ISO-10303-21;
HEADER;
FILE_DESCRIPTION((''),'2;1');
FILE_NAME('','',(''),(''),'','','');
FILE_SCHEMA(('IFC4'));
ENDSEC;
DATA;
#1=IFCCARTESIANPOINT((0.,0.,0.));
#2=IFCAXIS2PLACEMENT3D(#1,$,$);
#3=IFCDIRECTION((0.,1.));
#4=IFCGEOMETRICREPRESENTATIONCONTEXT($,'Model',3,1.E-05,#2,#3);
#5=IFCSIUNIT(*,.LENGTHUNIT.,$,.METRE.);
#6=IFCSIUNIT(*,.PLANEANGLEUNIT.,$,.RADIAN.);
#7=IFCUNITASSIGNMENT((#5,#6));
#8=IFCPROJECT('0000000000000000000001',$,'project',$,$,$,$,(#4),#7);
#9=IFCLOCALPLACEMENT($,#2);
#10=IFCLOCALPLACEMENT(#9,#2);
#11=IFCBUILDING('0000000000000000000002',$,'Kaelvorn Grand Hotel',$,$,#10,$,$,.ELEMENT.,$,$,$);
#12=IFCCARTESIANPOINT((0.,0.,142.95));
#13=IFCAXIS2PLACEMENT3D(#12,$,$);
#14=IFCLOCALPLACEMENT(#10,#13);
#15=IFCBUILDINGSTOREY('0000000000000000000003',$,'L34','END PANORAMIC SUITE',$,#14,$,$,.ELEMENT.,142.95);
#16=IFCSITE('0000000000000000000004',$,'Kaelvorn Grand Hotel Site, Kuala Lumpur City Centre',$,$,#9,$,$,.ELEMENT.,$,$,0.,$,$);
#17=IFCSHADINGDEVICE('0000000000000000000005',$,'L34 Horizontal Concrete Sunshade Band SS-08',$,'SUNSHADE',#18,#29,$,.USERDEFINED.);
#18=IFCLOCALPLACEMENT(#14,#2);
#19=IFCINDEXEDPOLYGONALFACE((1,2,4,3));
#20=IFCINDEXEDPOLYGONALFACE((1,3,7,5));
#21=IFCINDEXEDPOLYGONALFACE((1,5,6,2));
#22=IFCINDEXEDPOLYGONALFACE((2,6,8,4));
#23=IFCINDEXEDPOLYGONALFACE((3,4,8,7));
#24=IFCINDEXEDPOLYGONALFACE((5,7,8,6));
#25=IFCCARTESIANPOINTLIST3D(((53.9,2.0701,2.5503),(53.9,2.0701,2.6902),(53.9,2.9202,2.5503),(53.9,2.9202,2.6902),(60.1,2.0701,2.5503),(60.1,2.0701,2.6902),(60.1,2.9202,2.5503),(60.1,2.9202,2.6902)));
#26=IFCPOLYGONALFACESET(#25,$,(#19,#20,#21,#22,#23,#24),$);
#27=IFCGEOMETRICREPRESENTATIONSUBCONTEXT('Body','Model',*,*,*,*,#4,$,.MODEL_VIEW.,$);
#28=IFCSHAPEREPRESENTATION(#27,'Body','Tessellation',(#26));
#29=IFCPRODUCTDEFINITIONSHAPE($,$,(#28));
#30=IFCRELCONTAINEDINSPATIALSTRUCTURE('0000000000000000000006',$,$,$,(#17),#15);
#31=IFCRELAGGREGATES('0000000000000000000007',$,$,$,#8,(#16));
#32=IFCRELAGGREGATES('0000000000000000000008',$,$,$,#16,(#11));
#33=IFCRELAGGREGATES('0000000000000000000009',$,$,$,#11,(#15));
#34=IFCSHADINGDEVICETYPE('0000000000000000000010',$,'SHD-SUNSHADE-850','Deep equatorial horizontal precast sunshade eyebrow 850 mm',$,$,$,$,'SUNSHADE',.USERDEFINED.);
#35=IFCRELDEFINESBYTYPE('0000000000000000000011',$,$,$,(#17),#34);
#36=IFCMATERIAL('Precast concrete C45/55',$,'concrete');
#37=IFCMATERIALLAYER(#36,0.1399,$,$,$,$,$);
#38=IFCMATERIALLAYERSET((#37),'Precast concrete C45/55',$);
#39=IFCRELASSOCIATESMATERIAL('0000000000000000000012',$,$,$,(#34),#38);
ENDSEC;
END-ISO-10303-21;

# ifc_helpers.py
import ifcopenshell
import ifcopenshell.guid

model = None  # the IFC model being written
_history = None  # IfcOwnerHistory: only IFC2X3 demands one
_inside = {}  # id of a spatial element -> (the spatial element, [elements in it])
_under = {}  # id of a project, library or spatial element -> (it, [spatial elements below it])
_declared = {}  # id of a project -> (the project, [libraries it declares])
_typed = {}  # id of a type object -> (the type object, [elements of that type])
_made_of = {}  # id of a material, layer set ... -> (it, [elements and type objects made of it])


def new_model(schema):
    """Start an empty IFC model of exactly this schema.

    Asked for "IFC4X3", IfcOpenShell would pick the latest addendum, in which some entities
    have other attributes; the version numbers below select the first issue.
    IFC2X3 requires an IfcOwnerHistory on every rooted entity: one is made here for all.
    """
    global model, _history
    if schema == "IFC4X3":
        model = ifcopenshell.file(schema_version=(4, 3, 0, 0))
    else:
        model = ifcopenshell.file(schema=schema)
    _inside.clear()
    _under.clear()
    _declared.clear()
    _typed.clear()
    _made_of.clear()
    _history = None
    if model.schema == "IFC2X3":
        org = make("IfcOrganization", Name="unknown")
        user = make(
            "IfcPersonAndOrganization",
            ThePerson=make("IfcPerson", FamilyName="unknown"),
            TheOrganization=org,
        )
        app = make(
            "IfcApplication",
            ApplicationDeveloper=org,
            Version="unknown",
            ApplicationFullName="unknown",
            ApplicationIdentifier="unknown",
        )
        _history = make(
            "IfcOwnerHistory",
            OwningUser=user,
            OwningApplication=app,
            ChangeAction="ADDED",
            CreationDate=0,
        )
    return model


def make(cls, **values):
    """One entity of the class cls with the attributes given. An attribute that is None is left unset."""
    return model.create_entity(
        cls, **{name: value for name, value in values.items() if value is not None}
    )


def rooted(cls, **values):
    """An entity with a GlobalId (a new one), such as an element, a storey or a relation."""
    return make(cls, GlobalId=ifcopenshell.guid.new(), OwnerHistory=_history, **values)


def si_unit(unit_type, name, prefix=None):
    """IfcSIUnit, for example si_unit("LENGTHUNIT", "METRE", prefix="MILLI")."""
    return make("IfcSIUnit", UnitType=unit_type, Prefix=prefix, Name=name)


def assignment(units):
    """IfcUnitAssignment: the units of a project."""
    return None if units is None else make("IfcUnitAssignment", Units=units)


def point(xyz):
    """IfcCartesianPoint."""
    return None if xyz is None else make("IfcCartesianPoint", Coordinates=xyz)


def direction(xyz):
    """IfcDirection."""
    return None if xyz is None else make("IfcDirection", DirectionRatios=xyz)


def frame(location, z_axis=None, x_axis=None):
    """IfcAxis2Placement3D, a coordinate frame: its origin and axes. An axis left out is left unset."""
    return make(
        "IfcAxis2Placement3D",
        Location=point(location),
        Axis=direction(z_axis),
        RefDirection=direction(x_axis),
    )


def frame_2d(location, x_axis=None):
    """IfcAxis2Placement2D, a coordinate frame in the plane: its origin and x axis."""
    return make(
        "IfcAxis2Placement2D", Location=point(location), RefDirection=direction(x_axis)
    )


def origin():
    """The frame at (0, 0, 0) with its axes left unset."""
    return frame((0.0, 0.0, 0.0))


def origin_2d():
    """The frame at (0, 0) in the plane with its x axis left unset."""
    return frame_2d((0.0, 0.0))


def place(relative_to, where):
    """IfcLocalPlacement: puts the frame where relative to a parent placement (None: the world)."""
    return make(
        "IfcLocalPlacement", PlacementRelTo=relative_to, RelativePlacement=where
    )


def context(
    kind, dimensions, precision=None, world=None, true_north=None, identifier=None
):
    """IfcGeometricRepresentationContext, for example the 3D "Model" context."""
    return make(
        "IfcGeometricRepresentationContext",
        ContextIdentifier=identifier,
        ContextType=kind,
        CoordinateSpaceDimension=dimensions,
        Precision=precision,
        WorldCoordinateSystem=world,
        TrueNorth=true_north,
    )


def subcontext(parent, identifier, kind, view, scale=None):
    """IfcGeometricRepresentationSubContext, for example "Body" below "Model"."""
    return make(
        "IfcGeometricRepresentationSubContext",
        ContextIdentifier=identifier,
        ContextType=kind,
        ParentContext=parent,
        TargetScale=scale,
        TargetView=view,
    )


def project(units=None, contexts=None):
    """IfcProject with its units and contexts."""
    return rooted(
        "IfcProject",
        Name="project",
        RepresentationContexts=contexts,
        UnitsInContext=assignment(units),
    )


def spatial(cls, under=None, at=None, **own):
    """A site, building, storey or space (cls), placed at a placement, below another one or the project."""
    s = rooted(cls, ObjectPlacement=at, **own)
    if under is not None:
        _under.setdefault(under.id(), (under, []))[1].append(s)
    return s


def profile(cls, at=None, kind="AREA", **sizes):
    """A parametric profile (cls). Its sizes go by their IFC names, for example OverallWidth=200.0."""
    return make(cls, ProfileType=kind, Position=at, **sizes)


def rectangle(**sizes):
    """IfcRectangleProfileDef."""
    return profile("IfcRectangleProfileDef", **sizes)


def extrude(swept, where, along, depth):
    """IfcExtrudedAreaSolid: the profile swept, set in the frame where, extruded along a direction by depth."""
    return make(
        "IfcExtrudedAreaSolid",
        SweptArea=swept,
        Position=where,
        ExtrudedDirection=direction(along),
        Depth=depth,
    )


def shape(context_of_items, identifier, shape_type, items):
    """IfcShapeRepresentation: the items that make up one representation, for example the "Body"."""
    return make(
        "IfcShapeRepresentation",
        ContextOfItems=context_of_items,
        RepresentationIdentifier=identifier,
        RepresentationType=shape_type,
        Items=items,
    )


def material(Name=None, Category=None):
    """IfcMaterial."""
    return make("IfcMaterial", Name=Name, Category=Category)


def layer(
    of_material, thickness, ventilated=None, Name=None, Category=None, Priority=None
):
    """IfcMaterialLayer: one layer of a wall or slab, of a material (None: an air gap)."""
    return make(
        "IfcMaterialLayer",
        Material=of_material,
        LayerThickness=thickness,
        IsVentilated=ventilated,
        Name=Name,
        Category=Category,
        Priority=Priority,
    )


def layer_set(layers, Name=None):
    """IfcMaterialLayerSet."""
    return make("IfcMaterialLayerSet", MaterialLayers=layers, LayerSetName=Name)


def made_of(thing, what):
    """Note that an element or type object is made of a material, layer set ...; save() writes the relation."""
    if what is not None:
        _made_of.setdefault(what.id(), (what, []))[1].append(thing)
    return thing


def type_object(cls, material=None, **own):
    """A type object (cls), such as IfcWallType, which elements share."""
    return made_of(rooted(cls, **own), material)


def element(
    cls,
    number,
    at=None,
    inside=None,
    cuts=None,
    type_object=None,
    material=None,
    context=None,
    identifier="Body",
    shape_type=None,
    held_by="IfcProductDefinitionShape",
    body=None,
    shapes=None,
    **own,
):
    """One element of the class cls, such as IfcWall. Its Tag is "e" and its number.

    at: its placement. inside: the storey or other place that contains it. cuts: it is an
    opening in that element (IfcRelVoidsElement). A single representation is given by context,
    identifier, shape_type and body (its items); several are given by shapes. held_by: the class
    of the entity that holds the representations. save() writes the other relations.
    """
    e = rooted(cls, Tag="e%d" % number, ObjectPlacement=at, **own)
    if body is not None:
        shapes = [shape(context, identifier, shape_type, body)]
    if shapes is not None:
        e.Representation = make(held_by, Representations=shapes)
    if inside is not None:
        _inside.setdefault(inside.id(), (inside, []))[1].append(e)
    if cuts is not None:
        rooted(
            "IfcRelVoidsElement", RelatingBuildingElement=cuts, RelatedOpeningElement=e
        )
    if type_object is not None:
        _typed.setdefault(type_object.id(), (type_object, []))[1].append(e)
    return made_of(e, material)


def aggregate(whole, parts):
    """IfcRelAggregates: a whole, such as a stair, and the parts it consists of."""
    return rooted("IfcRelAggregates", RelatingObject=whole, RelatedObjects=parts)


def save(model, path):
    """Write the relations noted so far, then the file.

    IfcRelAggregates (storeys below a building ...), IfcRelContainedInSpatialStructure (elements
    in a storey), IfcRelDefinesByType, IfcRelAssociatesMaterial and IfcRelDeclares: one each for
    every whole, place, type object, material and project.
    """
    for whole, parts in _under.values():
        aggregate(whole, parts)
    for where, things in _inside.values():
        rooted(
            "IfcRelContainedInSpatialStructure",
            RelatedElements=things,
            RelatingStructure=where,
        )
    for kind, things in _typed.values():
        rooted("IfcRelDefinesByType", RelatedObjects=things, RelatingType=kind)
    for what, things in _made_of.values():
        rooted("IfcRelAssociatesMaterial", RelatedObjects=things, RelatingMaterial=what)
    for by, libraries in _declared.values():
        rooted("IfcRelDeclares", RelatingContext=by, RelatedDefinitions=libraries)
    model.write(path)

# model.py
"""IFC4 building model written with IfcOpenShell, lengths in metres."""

from ifc_helpers import new_model, si_unit, direction, frame, origin, origin_2d, place, context, subcontext, project, spatial, rectangle, extrude, material, layer, layer_set, type_object, element, save


model = new_model("IFC4")

# Units and contexts
model_context = context("Model", 3, precision=1e-05, world=origin(), true_north=direction((0.0, 1.0)))
body_context = subcontext(model_context, "Body", "Model", "MODEL_VIEW")
ifc_project = project(units=[si_unit("LENGTHUNIT", "METRE"), si_unit("PLANEANGLEUNIT", "RADIAN")], contexts=[model_context])

# Site, building, storey
site_placement = place(None, origin())
site = spatial("IfcSite", under=ifc_project, at=site_placement, Name="Kaelvorn Grand Hotel Site, Kuala Lumpur City Centre", CompositionType="ELEMENT", RefElevation=0.0)
building_placement = place(site_placement, origin())
building = spatial("IfcBuilding", under=site, at=building_placement, Name="Kaelvorn Grand Hotel", CompositionType="ELEMENT")
storey_placement = place(building_placement, frame((0.0, 0.0, 142.95)))
storey = spatial("IfcBuildingStorey", under=building, at=storey_placement, Name="L34", Description="END PANORAMIC SUITE", CompositionType="ELEMENT", Elevation=142.95)

# Shading device
ifc_material_1 = material(Name="Precast concrete C45/55", Category="concrete")
ifc_layer_1 = layer(ifc_material_1, 0.1399)
ifc_layer_set_1 = layer_set([ifc_layer_1], Name="Precast concrete C45/55")
shading_device_type_1 = type_object("IfcShadingDeviceType", Name="SHD-SUNSHADE-850", Description="Deep equatorial horizontal precast sunshade eyebrow 850 mm", ElementType="SUNSHADE", PredefinedType="USERDEFINED", material=ifc_layer_set_1)
shading_device_placement = place(storey_placement, frame((57.0, 2.4951, 2.5503), z_axis=(0.0, 0.0, 1.0), x_axis=(1.0, 0.0, 0.0)))
element("IfcShadingDevice", 1, at=shading_device_placement, inside=storey, type_object=shading_device_type_1, Name="L34 Horizontal Concrete Sunshade Band SS-08", ObjectType="SUNSHADE", PredefinedType="USERDEFINED", context=body_context, shape_type="SweptSolid", body=[
    extrude(rectangle(XDim=6.2, YDim=0.8501, at=origin_2d()), origin(), (0.0, 0.0, 1.0), 0.1399),
])

save(model, "model.ifc")
